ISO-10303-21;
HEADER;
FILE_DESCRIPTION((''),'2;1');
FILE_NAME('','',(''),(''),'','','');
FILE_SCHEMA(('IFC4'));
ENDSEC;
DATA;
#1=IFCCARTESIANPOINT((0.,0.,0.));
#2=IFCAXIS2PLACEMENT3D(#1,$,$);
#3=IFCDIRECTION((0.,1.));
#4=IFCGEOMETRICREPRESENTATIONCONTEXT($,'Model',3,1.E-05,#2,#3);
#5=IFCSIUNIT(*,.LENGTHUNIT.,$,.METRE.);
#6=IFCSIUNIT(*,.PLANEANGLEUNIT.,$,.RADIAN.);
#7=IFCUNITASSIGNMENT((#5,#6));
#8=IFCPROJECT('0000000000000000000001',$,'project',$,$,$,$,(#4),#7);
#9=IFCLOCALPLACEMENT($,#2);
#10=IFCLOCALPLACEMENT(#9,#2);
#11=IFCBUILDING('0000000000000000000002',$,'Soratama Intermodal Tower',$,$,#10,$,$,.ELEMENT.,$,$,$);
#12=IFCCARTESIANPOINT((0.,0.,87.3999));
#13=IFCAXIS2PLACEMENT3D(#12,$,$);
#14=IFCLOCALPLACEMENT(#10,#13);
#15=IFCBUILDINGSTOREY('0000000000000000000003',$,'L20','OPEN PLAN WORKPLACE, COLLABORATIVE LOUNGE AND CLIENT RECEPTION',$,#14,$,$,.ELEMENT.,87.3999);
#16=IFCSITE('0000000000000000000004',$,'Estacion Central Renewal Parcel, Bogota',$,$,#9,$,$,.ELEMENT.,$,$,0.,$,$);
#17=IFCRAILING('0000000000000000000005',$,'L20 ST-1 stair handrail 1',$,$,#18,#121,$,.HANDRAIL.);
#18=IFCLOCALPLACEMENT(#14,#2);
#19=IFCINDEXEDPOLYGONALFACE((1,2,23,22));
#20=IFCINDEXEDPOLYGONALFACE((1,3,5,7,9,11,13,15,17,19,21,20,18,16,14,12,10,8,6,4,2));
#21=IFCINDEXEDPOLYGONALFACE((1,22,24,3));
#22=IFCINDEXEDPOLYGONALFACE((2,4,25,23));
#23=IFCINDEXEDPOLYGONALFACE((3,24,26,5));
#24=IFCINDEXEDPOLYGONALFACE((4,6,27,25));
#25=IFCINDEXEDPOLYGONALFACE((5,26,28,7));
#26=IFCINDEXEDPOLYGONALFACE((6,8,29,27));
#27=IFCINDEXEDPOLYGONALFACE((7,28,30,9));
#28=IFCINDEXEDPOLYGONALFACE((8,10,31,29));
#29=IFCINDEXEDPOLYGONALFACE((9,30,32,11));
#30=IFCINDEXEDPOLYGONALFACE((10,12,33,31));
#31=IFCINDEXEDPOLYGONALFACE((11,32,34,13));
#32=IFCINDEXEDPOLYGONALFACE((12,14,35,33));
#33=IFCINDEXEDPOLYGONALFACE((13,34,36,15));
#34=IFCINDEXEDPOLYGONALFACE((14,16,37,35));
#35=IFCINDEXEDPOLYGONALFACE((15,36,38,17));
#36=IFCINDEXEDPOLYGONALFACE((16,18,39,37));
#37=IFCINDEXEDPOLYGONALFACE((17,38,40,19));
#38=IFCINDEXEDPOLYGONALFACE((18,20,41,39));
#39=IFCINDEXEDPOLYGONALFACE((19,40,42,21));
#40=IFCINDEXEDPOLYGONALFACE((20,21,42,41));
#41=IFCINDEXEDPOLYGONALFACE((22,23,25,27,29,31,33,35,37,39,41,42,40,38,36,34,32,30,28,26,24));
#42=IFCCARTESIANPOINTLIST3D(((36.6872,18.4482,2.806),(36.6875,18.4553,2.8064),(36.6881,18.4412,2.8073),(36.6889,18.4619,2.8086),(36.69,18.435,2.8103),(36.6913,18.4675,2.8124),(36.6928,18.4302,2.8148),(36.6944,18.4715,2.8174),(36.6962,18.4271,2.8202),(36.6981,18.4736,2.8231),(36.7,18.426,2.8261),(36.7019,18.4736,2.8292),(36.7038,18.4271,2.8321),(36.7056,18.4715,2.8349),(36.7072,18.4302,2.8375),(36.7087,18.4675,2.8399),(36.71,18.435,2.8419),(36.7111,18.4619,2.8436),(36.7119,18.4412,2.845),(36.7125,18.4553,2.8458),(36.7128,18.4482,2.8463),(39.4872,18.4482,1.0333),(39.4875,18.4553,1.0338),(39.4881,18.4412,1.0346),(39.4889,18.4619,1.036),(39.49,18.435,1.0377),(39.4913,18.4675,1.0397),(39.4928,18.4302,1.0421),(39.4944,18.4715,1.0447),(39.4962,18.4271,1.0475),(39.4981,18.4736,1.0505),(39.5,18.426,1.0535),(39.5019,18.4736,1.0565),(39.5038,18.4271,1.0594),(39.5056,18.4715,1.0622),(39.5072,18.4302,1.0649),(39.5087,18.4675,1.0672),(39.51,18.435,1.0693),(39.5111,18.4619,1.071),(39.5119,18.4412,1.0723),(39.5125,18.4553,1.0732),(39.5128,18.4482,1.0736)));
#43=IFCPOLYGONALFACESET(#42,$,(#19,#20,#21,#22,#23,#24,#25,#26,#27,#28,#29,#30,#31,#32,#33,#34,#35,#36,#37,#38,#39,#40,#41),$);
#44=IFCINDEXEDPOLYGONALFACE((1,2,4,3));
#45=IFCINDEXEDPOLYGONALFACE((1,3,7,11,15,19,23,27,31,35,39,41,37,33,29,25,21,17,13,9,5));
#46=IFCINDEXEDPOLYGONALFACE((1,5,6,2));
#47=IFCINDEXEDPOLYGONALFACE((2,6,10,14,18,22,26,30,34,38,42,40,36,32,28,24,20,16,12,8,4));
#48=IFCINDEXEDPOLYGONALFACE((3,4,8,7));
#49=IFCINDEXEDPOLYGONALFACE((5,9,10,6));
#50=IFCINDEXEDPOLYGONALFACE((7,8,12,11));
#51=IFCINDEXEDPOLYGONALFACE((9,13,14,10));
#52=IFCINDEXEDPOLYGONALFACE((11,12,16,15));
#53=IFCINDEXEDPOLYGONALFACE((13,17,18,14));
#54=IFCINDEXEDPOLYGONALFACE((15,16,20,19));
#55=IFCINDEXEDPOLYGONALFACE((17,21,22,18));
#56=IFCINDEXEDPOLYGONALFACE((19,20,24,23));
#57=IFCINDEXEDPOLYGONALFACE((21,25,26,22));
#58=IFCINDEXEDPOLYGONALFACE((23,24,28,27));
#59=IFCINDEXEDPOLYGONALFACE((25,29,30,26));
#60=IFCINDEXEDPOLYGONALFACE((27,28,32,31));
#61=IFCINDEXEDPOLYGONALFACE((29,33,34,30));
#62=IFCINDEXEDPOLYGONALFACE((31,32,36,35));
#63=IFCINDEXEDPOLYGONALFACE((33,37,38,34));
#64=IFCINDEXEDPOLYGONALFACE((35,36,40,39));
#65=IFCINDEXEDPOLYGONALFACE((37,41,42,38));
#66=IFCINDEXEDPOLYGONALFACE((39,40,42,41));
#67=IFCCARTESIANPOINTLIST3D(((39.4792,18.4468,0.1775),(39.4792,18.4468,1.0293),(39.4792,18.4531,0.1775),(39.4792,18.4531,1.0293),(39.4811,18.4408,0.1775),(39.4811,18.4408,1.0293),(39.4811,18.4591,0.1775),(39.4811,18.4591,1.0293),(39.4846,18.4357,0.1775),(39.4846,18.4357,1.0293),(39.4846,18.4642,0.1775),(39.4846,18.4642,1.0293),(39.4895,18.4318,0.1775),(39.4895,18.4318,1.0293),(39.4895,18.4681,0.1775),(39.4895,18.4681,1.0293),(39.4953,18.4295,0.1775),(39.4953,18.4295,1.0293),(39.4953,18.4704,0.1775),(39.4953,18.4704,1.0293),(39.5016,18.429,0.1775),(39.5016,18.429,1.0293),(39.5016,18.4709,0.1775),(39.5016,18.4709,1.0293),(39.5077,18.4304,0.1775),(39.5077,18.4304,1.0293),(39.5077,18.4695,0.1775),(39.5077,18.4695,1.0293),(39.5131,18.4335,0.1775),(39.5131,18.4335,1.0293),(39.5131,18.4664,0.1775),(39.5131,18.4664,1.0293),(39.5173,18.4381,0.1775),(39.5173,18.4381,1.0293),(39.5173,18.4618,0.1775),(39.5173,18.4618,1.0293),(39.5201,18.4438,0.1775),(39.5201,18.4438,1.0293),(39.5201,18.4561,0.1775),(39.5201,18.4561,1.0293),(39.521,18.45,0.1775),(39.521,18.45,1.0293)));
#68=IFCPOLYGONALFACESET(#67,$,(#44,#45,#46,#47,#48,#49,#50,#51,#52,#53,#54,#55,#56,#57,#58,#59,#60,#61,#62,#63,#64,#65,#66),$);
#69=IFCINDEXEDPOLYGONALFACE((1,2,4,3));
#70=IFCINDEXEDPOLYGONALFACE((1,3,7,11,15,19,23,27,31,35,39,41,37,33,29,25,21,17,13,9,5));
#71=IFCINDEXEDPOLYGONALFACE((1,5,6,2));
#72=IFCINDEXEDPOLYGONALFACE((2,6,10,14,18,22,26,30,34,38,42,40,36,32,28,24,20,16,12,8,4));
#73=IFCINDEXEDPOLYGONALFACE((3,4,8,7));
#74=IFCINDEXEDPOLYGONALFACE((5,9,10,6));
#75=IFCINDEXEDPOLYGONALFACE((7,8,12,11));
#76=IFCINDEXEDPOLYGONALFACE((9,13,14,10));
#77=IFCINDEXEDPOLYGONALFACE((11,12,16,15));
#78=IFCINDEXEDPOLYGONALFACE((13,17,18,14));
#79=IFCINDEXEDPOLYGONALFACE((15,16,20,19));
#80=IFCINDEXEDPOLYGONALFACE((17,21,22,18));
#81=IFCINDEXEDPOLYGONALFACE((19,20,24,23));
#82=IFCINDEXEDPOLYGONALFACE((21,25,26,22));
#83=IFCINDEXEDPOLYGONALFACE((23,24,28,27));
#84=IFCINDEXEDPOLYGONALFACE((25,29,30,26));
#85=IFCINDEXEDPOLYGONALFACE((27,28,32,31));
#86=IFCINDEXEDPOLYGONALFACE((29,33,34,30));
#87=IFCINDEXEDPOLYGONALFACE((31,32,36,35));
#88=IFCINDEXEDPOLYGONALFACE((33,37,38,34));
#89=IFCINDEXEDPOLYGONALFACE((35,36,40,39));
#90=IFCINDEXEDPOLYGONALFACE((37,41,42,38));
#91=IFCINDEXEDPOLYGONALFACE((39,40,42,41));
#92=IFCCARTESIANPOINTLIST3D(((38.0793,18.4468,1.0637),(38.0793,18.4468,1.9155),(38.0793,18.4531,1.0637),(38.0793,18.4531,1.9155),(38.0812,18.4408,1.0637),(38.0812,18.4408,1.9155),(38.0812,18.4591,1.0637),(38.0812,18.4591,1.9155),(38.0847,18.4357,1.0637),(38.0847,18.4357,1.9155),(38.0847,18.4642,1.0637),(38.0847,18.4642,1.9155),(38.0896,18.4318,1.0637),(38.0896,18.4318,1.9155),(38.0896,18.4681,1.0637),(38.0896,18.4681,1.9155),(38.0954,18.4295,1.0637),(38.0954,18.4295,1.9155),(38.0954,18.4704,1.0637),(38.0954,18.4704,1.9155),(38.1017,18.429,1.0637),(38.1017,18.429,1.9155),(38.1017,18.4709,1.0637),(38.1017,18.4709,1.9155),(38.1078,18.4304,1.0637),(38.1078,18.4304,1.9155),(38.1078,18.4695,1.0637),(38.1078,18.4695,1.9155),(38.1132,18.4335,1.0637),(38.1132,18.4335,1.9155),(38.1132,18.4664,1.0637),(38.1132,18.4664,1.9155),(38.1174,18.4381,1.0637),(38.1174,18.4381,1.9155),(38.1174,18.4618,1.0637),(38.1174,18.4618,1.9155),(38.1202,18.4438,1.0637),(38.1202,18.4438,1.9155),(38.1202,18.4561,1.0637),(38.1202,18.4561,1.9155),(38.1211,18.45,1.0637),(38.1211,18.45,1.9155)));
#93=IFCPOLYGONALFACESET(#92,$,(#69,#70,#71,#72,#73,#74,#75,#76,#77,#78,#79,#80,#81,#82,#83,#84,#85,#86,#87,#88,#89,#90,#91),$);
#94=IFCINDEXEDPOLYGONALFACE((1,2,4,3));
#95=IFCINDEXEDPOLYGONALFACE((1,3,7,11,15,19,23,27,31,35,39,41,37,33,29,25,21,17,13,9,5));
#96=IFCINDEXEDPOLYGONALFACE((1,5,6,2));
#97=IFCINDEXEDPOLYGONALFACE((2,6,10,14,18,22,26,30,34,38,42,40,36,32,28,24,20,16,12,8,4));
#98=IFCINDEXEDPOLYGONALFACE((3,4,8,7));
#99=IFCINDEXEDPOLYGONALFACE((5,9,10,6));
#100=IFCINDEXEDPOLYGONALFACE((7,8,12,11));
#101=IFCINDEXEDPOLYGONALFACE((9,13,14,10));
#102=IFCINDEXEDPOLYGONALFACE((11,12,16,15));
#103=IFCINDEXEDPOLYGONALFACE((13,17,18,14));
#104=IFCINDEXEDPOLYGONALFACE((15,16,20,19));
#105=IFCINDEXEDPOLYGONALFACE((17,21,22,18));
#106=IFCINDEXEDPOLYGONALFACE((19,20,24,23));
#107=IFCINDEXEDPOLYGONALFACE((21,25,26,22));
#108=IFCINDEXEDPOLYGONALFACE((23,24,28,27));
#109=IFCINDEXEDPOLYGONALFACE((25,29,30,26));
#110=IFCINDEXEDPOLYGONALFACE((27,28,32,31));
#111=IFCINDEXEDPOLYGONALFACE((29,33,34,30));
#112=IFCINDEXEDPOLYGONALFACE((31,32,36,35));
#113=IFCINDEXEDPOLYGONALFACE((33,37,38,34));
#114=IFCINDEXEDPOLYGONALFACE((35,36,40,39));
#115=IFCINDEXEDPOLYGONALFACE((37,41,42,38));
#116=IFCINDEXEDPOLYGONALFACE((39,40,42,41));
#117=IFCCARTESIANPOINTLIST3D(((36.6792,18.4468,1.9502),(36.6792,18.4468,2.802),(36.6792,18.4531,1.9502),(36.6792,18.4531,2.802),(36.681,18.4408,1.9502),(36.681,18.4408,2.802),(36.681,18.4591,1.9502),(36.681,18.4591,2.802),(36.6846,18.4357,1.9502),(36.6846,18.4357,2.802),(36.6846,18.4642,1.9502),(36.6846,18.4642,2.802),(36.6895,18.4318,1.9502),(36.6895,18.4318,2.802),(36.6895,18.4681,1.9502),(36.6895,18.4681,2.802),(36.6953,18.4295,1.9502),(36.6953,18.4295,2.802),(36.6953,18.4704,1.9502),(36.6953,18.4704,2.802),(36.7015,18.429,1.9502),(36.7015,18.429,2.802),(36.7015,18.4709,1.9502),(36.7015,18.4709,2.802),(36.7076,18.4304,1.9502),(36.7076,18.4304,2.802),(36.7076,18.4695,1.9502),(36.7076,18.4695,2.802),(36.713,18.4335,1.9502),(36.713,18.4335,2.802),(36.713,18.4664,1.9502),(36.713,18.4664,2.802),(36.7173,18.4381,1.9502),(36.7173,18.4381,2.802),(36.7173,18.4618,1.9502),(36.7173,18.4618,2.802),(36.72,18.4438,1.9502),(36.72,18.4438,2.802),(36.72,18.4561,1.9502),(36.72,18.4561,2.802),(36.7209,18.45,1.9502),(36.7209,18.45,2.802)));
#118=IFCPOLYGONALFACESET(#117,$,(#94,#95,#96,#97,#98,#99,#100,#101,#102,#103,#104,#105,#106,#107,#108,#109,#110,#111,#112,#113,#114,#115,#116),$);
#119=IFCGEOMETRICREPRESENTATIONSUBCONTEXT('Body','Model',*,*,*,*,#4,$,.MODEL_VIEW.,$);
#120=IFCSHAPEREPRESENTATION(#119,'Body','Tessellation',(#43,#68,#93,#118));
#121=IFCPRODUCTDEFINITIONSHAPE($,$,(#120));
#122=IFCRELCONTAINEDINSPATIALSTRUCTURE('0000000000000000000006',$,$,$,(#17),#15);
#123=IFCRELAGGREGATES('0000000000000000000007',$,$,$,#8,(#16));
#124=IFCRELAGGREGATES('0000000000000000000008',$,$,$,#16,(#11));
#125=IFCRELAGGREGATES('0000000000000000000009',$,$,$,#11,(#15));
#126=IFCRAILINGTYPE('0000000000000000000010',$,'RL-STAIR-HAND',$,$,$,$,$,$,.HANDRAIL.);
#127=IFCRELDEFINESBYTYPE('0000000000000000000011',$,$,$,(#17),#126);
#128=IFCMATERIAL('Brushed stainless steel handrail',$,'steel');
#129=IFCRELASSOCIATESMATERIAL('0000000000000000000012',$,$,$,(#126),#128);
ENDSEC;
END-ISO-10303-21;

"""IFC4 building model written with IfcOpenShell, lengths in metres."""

from ifc_helpers import new_model, si_unit, direction, frame, origin, origin_2d, place, context, subcontext, project, spatial, circle, extrude, material, type_object, element, save


model = new_model("IFC4")

# Units and contexts
model_context = context("Model", 3, precision=1e-05, world=origin(), true_north=direction((0.0, 1.0)))
body_context = subcontext(model_context, "Body", "Model", "MODEL_VIEW")
ifc_project = project(units=[si_unit("LENGTHUNIT", "METRE"), si_unit("PLANEANGLEUNIT", "RADIAN")], contexts=[model_context])

# Site, building, storey
site_placement = place(None, origin())
site = spatial("IfcSite", under=ifc_project, at=site_placement, Name="Estacion Central Renewal Parcel, Bogota", CompositionType="ELEMENT", RefElevation=0.0)
building_placement = place(site_placement, origin())
building = spatial("IfcBuilding", under=site, at=building_placement, Name="Soratama Intermodal Tower", CompositionType="ELEMENT")
storey_placement = place(building_placement, frame((0.0, 0.0, 87.3999)))
storey = spatial("IfcBuildingStorey", under=building, at=storey_placement, Name="L20", Description="OPEN PLAN WORKPLACE, COLLABORATIVE LOUNGE AND CLIENT RECEPTION", CompositionType="ELEMENT", Elevation=87.3999)

# Railing
ifc_material_1 = material(Name="Brushed stainless steel handrail", Category="steel")
railing_type_1 = type_object("IfcRailingType", Name="RL-STAIR-HAND", PredefinedType="HANDRAIL", material=ifc_material_1)
railing_1_placement = place(storey_placement, frame((39.5, 18.45, 0.1775)))
element("IfcRailing", 1, at=railing_1_placement, inside=storey, type_object=railing_type_1, Name="L20 ST-1 stair handrail 1", PredefinedType="HANDRAIL", context=body_context, shape_type="SweptSolid", body=[
    extrude(circle(Radius=0.0239, at=origin_2d()), frame((0.0, 0.0, 0.876), z_axis=(-0.844909, 0.0, 0.53491), x_axis=(0.0, -1.0, 0.0)), (0.0, 0.0, 1.0), 3.314),
    extrude(circle(Radius=0.021, at=origin_2d()), origin(), (0.0, 0.0, 1.0), 0.8518),
    extrude(circle(Radius=0.021, at=origin_2d()), frame((-1.3999, 0.0, 0.8862)), (0.0, 0.0, 1.0), 0.8518),
    extrude(circle(Radius=0.021, at=origin_2d()), frame((-2.8, 0.0, 1.7727)), (0.0, 0.0, 1.0), 0.8518),
])

save(model, "model.ifc")
